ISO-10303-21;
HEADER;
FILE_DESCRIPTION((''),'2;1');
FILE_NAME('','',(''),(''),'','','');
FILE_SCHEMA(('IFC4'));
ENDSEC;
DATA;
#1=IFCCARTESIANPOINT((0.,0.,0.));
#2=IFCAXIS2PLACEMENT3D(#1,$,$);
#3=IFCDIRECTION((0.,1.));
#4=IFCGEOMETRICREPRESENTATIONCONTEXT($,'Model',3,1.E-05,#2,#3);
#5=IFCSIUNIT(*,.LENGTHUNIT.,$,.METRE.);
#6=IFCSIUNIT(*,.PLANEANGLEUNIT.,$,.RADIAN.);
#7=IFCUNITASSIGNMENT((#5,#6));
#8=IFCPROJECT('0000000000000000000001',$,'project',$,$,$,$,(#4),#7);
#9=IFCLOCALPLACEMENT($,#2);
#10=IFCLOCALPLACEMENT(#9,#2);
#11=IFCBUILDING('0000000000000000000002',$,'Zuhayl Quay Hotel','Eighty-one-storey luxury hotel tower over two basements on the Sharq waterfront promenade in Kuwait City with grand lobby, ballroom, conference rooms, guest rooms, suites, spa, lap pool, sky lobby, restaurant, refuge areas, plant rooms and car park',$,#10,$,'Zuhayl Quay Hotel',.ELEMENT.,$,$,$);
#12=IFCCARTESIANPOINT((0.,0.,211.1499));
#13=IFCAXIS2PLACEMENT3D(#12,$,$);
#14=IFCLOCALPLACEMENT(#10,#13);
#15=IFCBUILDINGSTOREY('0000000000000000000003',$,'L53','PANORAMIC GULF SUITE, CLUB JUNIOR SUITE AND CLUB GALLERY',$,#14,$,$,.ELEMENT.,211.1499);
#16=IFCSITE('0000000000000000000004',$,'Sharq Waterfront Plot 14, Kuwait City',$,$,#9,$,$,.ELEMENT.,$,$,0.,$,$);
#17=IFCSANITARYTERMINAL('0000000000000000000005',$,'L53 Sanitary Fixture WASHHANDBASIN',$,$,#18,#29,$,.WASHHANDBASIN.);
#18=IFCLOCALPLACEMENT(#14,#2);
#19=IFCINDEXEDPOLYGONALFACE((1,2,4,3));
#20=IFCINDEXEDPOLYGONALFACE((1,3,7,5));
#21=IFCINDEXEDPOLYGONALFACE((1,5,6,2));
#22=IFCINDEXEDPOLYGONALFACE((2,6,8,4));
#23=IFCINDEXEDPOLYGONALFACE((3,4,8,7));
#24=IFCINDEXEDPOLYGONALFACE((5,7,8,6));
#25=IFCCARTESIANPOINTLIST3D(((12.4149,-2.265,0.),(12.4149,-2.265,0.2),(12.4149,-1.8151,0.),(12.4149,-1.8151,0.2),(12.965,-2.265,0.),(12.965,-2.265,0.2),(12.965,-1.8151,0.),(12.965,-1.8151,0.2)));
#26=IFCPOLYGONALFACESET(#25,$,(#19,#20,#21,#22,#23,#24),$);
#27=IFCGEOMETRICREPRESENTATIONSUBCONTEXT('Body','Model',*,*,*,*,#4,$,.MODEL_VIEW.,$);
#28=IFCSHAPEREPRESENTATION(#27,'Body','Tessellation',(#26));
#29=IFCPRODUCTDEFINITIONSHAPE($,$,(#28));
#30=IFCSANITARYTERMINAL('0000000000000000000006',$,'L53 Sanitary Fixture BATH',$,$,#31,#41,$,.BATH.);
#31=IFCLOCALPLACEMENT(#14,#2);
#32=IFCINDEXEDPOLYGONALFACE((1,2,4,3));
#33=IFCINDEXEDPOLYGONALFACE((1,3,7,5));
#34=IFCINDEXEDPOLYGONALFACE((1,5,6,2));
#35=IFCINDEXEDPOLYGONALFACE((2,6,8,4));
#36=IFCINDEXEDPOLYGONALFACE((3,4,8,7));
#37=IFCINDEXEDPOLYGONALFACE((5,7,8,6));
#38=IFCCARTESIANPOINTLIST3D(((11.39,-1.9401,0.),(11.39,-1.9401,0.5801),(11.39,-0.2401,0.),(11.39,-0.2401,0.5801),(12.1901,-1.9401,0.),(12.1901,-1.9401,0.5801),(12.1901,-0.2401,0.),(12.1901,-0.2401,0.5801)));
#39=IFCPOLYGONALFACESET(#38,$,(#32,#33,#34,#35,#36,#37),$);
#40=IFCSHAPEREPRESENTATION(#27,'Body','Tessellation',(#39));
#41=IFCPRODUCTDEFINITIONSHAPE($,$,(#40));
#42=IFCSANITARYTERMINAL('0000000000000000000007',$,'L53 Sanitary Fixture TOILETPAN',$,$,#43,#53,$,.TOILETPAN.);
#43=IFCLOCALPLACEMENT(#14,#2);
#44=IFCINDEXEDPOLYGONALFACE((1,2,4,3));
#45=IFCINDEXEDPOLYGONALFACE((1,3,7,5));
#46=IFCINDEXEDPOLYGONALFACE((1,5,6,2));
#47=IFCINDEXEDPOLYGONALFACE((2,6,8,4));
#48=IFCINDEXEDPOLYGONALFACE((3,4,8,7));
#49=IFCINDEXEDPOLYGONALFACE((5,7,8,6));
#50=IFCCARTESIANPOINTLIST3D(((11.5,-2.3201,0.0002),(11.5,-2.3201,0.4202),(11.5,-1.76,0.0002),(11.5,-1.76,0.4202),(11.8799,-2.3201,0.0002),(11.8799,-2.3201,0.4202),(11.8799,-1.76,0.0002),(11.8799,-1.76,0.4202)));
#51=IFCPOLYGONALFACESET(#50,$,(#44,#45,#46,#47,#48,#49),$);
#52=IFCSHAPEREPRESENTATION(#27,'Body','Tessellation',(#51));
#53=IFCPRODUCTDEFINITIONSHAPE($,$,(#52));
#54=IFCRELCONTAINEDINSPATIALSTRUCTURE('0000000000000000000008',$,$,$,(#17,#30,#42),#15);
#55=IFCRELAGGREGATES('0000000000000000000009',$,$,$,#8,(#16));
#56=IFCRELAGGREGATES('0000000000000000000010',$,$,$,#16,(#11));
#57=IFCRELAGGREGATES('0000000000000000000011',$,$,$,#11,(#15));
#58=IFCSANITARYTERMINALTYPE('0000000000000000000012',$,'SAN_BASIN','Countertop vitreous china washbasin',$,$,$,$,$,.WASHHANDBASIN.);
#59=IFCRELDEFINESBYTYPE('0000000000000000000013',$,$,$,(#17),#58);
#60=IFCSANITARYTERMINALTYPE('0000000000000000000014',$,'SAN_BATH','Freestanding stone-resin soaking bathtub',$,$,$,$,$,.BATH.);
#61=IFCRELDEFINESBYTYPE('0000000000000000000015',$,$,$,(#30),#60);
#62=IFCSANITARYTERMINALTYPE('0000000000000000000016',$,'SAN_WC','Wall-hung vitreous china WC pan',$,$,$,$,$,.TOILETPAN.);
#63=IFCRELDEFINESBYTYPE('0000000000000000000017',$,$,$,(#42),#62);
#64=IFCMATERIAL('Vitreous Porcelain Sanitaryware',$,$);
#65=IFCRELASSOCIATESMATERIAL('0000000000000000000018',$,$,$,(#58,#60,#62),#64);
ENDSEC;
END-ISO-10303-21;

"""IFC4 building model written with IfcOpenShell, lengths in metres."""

from ifc_helpers import new_model, si_unit, direction, frame, origin, origin_2d, place, context, subcontext, project, spatial, rectangle, extrude, material, type_object, element, save


model = new_model("IFC4")

# Units and contexts
model_context = context("Model", 3, precision=1e-05, world=origin(), true_north=direction((0.0, 1.0)))
body_context = subcontext(model_context, "Body", "Model", "MODEL_VIEW")
ifc_project = project(units=[si_unit("LENGTHUNIT", "METRE"), si_unit("PLANEANGLEUNIT", "RADIAN")], contexts=[model_context])

# Site, building, storey
site_placement = place(None, origin())
site = spatial("IfcSite", under=ifc_project, at=site_placement, Name="Sharq Waterfront Plot 14, Kuwait City", CompositionType="ELEMENT", RefElevation=0.0)
building_placement = place(site_placement, origin())
building = spatial("IfcBuilding", under=site, at=building_placement, Name="Zuhayl Quay Hotel", Description="Eighty-one-storey luxury hotel tower over two basements on the Sharq waterfront promenade in Kuwait City with grand lobby, ballroom, conference rooms, guest rooms, suites, spa, lap pool, sky lobby, restaurant, refuge areas, plant rooms and car park", LongName="Zuhayl Quay Hotel", CompositionType="ELEMENT")
storey_placement = place(building_placement, frame((0.0, 0.0, 211.1499)))
storey = spatial("IfcBuildingStorey", under=building, at=storey_placement, Name="L53", Description="PANORAMIC GULF SUITE, CLUB JUNIOR SUITE AND CLUB GALLERY", CompositionType="ELEMENT", Elevation=211.1499)

# Sanitary terminals
ifc_material_1 = material(Name="Vitreous Porcelain Sanitaryware")
sanitary_terminal_type_1 = type_object("IfcSanitaryTerminalType", Name="SAN_BASIN", Description="Countertop vitreous china washbasin", PredefinedType="WASHHANDBASIN", material=ifc_material_1)
sanitary_terminal_1_placement = place(storey_placement, frame((12.6899, -2.04, 0.0), z_axis=(0.0, 0.0, 1.0), x_axis=(1.0, 0.0, 0.0)))
element("IfcSanitaryTerminal", 1, at=sanitary_terminal_1_placement, inside=storey, type_object=sanitary_terminal_type_1, Name="L53 Sanitary Fixture WASHHANDBASIN", PredefinedType="WASHHANDBASIN", context=body_context, shape_type="SweptSolid", body=[
    extrude(rectangle(XDim=0.55, YDim=0.45, at=origin_2d()), origin(), (0.0, 0.0, 1.0), 0.2),
])
sanitary_terminal_type_2 = type_object("IfcSanitaryTerminalType", Name="SAN_BATH", Description="Freestanding stone-resin soaking bathtub", PredefinedType="BATH", material=ifc_material_1)
sanitary_terminal_2_placement = place(storey_placement, frame((11.79, -1.0901, 0.0), z_axis=(0.0, 0.0, 1.0), x_axis=(1.0, 0.0, 0.0)))
element("IfcSanitaryTerminal", 2, at=sanitary_terminal_2_placement, inside=storey, type_object=sanitary_terminal_type_2, Name="L53 Sanitary Fixture BATH", PredefinedType="BATH", context=body_context, shape_type="SweptSolid", body=[
    extrude(rectangle(XDim=0.8, YDim=1.7, at=origin_2d()), origin(), (0.0, 0.0, 1.0), 0.5801),
])
sanitary_terminal_type_3 = type_object("IfcSanitaryTerminalType", Name="SAN_WC", Description="Wall-hung vitreous china WC pan", PredefinedType="TOILETPAN", material=ifc_material_1)
sanitary_terminal_3_placement = place(storey_placement, frame((11.6899, -2.04, 0.0002), z_axis=(0.0, 0.0, 1.0), x_axis=(1.0, 0.0, 0.0)))
element("IfcSanitaryTerminal", 3, at=sanitary_terminal_3_placement, inside=storey, type_object=sanitary_terminal_type_3, Name="L53 Sanitary Fixture TOILETPAN", PredefinedType="TOILETPAN", context=body_context, shape_type="SweptSolid", body=[
    extrude(rectangle(XDim=0.3799, YDim=0.5601, at=origin_2d()), origin(), (0.0, 0.0, 1.0), 0.4199),
])

save(model, "model.ifc")
